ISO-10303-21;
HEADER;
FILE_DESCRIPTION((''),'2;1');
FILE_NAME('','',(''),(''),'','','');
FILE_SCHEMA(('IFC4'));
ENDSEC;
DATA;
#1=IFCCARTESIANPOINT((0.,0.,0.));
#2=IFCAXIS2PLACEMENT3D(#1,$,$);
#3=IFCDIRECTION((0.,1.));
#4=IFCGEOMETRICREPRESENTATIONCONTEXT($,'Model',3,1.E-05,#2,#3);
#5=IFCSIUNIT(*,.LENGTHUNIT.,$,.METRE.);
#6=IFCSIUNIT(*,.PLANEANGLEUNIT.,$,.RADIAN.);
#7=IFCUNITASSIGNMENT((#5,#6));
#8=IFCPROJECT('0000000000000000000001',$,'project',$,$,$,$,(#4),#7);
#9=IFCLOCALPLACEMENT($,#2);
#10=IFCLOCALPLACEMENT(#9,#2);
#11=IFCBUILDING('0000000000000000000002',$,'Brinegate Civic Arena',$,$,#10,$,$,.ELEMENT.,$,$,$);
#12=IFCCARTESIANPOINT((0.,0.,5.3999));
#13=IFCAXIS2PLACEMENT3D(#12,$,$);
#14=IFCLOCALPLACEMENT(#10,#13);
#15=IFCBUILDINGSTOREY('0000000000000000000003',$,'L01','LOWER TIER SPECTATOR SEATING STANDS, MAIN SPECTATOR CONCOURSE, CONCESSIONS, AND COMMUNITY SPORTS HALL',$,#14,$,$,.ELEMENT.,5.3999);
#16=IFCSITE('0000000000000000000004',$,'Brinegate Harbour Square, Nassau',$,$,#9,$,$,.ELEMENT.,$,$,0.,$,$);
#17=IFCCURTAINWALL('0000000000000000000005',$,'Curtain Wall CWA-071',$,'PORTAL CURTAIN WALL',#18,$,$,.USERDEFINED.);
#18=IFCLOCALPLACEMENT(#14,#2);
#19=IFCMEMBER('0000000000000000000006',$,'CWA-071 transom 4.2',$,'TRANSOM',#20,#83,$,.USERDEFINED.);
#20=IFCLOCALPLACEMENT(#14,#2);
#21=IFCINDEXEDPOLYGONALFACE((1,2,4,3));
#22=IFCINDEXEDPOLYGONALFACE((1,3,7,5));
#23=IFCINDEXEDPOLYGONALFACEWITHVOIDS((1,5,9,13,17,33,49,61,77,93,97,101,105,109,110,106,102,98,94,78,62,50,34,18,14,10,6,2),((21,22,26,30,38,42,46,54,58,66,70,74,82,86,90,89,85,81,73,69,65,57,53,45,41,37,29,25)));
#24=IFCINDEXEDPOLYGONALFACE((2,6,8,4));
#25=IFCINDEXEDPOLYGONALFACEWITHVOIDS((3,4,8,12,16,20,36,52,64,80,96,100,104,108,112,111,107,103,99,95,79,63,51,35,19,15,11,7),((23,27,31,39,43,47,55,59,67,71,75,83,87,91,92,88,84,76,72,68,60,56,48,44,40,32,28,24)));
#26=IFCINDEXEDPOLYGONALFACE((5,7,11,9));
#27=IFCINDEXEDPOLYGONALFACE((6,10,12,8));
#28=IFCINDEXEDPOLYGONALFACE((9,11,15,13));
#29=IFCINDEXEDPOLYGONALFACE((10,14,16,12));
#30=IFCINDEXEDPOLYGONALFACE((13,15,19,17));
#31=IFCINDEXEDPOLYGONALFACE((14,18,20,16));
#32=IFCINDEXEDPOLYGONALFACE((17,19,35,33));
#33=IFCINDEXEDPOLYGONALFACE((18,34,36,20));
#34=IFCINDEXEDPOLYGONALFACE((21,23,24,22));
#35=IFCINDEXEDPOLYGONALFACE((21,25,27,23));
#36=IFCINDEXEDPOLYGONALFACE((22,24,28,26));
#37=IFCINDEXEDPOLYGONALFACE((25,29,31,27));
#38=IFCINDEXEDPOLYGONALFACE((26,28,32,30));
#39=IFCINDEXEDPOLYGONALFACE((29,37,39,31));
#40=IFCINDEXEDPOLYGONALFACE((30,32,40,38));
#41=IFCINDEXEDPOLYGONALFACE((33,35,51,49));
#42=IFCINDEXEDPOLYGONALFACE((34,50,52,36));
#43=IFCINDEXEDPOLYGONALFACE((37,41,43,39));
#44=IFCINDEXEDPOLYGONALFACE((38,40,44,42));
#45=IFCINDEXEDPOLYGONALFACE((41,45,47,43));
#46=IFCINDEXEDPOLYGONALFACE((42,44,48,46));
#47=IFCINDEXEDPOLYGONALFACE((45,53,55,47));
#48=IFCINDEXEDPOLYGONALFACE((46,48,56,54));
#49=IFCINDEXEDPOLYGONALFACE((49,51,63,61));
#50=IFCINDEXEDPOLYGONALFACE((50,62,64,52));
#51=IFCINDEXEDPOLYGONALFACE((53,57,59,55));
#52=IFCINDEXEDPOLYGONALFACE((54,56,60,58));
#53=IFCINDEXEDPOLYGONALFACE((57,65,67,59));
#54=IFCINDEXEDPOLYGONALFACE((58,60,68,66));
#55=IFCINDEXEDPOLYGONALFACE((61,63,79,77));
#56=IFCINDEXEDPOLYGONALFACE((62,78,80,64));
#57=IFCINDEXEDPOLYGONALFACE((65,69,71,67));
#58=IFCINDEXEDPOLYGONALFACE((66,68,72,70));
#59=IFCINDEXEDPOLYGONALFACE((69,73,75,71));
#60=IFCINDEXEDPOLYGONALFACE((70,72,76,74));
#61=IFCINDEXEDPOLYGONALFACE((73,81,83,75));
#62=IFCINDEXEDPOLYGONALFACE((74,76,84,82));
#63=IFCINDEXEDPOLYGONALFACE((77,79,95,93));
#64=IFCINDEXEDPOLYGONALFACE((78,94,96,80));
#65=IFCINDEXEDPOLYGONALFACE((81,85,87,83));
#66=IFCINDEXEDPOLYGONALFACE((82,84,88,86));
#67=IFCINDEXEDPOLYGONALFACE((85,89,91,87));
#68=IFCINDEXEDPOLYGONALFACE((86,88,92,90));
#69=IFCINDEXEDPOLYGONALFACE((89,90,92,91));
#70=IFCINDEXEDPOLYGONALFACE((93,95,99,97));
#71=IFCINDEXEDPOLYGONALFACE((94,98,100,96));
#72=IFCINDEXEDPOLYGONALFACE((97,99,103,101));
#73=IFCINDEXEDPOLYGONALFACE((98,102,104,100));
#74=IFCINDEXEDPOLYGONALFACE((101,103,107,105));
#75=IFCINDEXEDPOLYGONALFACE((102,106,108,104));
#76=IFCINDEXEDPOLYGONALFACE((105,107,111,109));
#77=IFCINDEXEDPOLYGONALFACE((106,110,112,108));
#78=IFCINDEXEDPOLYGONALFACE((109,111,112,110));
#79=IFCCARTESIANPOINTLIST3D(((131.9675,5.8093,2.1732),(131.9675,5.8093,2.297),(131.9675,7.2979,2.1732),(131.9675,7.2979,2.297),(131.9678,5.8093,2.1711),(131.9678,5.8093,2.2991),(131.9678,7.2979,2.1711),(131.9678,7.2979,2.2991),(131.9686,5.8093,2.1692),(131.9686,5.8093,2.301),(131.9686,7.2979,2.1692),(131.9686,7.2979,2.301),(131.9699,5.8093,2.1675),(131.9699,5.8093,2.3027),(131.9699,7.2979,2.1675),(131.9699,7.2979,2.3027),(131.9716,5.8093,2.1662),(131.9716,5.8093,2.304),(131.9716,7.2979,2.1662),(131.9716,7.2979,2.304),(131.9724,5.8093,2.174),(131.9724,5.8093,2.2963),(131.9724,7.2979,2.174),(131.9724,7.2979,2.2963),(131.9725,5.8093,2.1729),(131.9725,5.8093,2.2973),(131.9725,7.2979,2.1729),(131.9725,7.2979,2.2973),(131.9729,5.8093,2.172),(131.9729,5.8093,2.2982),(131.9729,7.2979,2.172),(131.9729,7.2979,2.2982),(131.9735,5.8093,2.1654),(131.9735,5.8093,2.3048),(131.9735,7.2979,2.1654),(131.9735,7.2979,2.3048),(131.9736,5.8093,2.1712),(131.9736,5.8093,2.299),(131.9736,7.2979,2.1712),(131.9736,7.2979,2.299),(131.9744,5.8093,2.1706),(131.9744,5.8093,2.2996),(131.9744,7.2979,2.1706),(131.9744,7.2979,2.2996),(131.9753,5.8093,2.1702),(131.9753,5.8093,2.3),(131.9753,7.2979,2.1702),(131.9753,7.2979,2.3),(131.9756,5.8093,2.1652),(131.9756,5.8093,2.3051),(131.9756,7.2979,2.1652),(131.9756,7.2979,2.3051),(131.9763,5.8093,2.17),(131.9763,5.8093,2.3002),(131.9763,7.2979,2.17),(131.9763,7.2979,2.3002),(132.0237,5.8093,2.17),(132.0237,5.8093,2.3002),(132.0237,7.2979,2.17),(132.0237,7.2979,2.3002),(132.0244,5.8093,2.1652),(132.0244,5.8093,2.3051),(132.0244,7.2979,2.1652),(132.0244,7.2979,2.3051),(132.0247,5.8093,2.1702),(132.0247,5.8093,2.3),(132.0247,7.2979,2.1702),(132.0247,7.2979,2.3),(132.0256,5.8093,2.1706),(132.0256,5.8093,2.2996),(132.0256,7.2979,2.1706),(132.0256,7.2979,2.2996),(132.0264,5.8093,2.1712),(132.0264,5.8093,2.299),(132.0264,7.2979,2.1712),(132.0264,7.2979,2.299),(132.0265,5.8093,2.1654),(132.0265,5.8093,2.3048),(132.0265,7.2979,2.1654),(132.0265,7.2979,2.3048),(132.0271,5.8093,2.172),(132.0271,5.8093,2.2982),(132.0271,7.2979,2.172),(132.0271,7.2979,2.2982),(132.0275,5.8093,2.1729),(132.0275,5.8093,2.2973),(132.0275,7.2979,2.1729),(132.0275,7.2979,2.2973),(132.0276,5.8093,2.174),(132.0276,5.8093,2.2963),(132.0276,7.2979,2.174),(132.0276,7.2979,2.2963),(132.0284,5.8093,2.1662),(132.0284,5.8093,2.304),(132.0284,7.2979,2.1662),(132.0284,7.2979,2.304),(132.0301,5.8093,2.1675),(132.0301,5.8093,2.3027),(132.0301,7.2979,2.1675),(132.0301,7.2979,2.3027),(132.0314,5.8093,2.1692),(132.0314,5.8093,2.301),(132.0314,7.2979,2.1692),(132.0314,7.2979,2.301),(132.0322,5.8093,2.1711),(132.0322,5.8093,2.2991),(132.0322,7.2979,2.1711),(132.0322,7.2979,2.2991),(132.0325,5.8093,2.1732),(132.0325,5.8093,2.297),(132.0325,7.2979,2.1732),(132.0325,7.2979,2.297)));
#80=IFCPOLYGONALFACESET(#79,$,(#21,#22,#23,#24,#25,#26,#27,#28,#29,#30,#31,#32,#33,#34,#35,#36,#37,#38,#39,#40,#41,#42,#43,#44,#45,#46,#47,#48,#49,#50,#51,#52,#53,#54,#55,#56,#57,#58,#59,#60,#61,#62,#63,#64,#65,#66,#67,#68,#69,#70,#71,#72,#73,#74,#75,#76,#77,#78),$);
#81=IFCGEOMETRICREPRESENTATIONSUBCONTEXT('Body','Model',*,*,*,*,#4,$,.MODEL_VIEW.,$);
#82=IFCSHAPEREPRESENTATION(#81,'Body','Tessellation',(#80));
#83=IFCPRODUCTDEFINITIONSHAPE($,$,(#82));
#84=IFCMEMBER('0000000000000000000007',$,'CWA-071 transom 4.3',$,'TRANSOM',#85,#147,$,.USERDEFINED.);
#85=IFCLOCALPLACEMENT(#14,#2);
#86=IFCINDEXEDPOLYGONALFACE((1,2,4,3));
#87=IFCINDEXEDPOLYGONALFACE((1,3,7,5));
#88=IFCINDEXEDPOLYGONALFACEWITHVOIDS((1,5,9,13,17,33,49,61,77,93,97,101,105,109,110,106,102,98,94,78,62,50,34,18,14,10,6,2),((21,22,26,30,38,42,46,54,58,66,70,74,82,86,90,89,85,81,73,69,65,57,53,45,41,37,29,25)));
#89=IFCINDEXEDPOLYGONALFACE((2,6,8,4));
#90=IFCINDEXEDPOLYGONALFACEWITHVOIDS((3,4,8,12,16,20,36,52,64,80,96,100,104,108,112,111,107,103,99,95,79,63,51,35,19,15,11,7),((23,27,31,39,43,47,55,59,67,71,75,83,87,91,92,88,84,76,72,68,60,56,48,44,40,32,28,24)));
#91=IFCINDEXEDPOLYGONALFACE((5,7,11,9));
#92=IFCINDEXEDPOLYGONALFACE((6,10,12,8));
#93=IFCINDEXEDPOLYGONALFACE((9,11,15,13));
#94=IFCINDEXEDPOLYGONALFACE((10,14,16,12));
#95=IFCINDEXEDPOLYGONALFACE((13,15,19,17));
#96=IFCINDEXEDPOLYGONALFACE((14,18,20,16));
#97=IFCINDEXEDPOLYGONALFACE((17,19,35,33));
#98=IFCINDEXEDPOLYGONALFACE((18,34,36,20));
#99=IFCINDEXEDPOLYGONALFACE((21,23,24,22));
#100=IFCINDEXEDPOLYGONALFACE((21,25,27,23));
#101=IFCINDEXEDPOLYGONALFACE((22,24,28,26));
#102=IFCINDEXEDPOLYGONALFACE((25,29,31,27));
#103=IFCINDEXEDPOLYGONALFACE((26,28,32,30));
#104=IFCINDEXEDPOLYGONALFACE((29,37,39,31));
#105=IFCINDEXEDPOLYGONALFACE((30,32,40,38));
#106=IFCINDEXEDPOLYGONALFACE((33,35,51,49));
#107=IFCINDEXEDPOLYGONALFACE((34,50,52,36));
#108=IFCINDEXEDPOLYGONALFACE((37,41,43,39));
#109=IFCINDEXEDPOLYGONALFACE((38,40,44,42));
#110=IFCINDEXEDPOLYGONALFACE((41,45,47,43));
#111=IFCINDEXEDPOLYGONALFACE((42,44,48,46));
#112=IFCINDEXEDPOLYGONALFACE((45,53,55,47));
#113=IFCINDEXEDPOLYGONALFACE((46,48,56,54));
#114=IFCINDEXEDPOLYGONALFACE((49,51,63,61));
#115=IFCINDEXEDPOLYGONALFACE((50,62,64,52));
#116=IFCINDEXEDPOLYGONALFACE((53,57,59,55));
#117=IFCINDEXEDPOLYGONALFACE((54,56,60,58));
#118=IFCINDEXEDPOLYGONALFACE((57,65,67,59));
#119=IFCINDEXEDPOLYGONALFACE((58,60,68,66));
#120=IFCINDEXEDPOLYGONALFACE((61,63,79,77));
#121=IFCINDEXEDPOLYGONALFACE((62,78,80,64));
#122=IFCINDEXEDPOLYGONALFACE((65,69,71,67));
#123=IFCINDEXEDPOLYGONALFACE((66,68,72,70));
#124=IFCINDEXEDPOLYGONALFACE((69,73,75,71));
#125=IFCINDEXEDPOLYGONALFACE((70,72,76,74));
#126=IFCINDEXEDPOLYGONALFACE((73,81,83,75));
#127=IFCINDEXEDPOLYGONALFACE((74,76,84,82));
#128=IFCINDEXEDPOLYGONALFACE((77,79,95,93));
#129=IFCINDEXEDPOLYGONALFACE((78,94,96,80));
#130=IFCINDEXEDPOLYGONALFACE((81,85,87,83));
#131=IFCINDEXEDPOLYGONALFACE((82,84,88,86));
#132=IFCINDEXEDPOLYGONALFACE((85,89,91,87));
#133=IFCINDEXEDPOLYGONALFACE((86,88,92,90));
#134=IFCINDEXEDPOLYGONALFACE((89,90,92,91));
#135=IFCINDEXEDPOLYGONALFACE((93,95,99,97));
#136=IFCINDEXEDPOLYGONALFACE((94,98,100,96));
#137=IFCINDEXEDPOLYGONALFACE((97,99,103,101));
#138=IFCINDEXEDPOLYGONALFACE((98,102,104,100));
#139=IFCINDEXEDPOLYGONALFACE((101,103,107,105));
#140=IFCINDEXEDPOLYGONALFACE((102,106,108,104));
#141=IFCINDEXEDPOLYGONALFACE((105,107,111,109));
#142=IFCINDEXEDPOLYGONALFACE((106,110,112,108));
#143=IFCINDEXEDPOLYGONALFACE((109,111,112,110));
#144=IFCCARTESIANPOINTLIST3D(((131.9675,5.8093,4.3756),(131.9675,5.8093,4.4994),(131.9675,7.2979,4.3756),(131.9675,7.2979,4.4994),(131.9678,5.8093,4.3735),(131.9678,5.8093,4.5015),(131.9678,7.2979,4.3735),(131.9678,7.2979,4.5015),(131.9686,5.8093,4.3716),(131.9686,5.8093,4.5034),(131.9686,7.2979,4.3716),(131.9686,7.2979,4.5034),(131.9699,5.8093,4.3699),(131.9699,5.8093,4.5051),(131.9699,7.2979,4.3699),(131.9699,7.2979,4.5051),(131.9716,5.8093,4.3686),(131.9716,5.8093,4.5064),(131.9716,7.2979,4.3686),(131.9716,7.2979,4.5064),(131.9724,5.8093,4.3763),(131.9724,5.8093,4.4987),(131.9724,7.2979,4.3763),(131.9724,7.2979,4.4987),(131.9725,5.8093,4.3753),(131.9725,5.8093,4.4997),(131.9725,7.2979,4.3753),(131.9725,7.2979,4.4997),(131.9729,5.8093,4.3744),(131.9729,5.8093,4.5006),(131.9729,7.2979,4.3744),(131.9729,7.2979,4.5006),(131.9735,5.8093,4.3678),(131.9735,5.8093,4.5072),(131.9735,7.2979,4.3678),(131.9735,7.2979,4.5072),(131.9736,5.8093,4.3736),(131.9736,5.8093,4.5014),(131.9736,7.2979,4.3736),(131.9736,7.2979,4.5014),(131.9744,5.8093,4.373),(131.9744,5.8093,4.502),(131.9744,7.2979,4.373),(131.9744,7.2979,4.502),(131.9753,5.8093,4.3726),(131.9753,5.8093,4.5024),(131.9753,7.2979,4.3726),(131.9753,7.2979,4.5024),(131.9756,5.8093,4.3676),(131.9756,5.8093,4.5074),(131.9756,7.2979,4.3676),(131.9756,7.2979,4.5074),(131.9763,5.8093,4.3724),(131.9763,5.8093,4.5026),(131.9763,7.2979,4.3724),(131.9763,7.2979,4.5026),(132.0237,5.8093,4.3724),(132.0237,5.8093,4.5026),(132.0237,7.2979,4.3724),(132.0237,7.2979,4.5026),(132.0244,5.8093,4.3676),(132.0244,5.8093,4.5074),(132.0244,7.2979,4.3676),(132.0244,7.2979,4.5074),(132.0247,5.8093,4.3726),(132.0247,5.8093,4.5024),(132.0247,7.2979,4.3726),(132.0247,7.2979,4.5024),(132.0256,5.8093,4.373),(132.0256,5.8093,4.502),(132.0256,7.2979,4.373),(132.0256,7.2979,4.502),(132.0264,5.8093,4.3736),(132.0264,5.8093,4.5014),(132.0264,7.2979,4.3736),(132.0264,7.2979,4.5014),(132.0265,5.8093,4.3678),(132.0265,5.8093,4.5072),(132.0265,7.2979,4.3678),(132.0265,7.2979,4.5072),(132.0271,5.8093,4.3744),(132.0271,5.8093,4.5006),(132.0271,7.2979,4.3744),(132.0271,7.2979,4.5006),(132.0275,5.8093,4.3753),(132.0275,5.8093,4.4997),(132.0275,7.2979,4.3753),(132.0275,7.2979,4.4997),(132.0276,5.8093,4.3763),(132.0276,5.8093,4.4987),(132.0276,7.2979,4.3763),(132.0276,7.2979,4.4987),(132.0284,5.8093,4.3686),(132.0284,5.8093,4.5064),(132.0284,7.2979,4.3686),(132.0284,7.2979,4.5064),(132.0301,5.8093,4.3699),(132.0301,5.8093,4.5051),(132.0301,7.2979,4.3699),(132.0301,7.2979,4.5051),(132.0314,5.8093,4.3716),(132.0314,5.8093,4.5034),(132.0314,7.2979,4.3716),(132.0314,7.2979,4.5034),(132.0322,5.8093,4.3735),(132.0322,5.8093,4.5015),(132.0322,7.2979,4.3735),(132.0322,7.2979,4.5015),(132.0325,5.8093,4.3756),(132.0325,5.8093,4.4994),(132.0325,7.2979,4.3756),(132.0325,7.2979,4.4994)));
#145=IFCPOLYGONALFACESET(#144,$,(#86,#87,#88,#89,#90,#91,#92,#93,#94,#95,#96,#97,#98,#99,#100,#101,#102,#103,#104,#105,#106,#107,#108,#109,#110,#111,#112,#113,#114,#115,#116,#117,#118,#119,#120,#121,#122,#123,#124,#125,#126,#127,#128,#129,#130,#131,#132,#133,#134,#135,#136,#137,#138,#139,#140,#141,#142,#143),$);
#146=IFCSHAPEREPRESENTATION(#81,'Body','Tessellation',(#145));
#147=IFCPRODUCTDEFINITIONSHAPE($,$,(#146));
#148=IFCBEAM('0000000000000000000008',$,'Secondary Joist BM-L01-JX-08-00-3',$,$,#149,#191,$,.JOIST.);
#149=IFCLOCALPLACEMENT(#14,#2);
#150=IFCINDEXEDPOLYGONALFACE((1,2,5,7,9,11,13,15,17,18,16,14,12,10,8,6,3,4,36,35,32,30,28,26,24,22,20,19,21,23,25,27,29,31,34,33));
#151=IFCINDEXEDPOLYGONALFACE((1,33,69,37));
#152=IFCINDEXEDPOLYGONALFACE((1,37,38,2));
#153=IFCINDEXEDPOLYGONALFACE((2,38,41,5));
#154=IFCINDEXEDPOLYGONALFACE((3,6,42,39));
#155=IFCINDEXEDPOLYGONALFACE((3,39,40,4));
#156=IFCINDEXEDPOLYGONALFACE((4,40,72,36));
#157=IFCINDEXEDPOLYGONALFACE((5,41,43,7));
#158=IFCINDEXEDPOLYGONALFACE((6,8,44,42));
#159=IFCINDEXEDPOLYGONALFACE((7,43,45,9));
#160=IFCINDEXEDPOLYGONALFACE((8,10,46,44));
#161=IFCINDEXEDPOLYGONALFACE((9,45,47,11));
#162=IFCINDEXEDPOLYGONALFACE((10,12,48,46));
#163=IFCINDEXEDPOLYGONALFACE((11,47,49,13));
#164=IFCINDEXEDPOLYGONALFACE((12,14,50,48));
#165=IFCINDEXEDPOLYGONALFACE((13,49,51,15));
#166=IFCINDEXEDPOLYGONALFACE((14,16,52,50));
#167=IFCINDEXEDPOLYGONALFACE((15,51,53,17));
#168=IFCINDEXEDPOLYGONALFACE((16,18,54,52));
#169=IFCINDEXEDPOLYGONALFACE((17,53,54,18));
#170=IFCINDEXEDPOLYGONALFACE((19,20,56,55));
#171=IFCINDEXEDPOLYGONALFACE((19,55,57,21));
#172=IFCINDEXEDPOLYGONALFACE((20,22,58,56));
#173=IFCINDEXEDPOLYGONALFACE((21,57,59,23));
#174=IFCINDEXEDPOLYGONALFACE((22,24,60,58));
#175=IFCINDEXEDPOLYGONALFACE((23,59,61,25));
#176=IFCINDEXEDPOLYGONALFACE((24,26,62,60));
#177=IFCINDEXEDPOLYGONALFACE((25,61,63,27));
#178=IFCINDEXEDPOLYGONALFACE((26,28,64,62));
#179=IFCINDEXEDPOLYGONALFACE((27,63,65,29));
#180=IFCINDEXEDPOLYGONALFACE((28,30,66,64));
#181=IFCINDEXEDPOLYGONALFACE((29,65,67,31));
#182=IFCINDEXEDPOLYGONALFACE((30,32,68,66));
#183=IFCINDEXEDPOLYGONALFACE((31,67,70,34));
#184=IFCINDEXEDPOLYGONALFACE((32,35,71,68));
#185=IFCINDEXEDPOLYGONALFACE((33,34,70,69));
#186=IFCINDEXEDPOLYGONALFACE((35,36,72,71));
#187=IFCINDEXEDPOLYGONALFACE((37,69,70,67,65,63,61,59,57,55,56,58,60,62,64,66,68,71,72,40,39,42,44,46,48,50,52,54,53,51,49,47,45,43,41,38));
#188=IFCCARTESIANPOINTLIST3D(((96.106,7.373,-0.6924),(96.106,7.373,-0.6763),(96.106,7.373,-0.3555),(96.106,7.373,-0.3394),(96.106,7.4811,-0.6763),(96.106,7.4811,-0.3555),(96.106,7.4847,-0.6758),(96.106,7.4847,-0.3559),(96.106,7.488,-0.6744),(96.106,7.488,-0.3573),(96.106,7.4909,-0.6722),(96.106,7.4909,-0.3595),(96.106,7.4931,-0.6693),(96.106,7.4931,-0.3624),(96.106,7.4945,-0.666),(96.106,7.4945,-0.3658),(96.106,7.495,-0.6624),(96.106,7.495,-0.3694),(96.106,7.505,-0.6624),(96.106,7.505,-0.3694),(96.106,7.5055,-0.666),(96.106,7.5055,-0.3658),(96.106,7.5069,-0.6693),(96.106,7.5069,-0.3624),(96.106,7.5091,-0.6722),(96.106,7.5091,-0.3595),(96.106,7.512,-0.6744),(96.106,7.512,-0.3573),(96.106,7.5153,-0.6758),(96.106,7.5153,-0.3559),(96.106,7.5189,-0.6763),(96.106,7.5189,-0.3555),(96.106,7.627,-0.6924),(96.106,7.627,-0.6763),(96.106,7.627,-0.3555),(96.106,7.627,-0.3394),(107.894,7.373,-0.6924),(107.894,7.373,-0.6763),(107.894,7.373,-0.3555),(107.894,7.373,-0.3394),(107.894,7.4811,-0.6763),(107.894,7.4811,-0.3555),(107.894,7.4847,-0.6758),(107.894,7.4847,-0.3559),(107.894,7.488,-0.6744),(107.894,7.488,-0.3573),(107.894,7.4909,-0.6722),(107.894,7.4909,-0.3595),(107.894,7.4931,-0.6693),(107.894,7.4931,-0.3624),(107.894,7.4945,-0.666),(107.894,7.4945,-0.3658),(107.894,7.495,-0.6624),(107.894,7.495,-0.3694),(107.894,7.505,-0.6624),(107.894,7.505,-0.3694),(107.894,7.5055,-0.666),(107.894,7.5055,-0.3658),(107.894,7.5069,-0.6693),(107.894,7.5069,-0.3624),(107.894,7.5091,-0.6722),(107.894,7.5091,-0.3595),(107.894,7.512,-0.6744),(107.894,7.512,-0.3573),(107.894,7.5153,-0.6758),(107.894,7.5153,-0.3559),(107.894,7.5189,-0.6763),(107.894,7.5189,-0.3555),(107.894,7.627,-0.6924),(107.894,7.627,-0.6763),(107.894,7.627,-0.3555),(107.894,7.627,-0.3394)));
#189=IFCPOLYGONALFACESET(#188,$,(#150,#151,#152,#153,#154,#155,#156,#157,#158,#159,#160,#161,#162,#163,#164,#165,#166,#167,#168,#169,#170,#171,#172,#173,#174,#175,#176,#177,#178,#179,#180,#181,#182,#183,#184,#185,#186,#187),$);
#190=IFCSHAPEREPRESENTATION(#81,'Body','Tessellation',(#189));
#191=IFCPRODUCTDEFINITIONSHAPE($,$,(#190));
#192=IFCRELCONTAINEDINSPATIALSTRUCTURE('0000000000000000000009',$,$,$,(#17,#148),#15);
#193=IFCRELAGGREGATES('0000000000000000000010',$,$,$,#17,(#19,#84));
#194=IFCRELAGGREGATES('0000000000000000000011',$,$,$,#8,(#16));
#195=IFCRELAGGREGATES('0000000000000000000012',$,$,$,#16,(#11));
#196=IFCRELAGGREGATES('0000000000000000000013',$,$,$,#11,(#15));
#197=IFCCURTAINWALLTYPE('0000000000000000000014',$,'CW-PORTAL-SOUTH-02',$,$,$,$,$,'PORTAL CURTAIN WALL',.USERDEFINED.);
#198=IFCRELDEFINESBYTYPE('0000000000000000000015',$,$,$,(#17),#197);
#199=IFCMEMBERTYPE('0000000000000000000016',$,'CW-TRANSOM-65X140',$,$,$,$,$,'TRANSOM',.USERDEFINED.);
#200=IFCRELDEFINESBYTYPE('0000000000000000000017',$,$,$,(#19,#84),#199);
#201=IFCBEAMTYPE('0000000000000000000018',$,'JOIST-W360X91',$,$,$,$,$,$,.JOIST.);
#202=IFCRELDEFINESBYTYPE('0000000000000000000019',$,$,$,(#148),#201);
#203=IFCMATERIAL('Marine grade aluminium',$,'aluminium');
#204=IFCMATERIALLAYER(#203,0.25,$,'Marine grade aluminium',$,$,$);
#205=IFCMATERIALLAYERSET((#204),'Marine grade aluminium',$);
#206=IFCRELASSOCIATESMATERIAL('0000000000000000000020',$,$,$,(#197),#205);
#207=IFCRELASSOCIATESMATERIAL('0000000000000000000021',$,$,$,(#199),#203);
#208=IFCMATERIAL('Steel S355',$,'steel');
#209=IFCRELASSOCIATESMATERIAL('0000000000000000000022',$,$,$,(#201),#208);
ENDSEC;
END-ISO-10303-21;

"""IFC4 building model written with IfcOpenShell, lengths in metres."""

from ifc_helpers import new_model, si_unit, direction, frame, origin, origin_2d, place, context, subcontext, project, spatial, hollow_rectangle, i_section, extrude, material, layer, layer_set, material_profile, profile_set, type_object, element, aggregate, save


model = new_model("IFC4")

# Units and contexts
model_context = context("Model", 3, precision=1e-05, world=origin(), true_north=direction((0.0, 1.0)))
body_context = subcontext(model_context, "Body", "Model", "MODEL_VIEW")
ifc_project = project(units=[si_unit("LENGTHUNIT", "METRE"), si_unit("PLANEANGLEUNIT", "RADIAN")], contexts=[model_context])

# Site, building, storey
site_placement = place(None, origin())
site = spatial("IfcSite", under=ifc_project, at=site_placement, Name="Brinegate Harbour Square, Nassau", CompositionType="ELEMENT", RefElevation=0.0)
building_placement = place(site_placement, origin())
building = spatial("IfcBuilding", under=site, at=building_placement, Name="Brinegate Civic Arena", CompositionType="ELEMENT")
storey_placement = place(building_placement, frame((0.0, 0.0, 5.3999)))
storey = spatial("IfcBuildingStorey", under=building, at=storey_placement, Name="L01", Description="LOWER TIER SPECTATOR SEATING STANDS, MAIN SPECTATOR CONCOURSE, CONCESSIONS, AND COMMUNITY SPORTS HALL", CompositionType="ELEMENT", Elevation=5.3999)

# Curtain wall, members
ifc_material_1 = material(Name="Marine grade aluminium", Category="aluminium")
ifc_layer_1 = layer(ifc_material_1, 0.25, Name="Marine grade aluminium")
ifc_layer_set_1 = layer_set([ifc_layer_1], Name="Marine grade aluminium")
curtain_wall_type = type_object("IfcCurtainWallType", Name="CW-PORTAL-SOUTH-02", ElementType="PORTAL CURTAIN WALL", PredefinedType="USERDEFINED", material=ifc_layer_set_1)
curtain_wall_placement = place(storey_placement, origin())
curtain_wall = element("IfcCurtainWall", 1, at=curtain_wall_placement, inside=storey, type_object=curtain_wall_type, Name="Curtain Wall CWA-071", ObjectType="PORTAL CURTAIN WALL", PredefinedType="USERDEFINED")
ifc_material_profile_1 = material_profile(ifc_material_1, hollow_rectangle(XDim=0.0649, YDim=0.1399, WallThickness=0.0049, InnerFilletRadius=0.0039, OuterFilletRadius=0.0081, at=origin_2d()), Name="TRN65X140")
ifc_profile_set_1 = profile_set([ifc_material_profile_1], Name="Marine grade aluminium")
member_type_1 = type_object("IfcMemberType", Name="CW-TRANSOM-65X140", ElementType="TRANSOM", PredefinedType="USERDEFINED", material=ifc_profile_set_1)
member_1_placement = place(storey_placement, frame((132.0, 5.8093, 2.2351), z_axis=(0.0, 1.0, 0.0), x_axis=(-1.0, 0.0, 0.0)))
member_1 = element("IfcMember", 2, at=member_1_placement, type_object=member_type_1, Name="CWA-071 transom 4.2", ObjectType="TRANSOM", PredefinedType="USERDEFINED", context=body_context, shape_type="SweptSolid", body=[
    extrude(hollow_rectangle(XDim=0.0649, YDim=0.1399, WallThickness=0.0049, InnerFilletRadius=0.0039, OuterFilletRadius=0.0081, at=origin_2d()), origin(), (0.0, 0.0, 1.0), 1.4885),
])
member_2_placement = place(storey_placement, frame((132.0, 5.8093, 4.4375), z_axis=(0.0, 1.0, 0.0), x_axis=(-1.0, 0.0, 0.0)))
member_2 = element("IfcMember", 3, at=member_2_placement, type_object=member_type_1, Name="CWA-071 transom 4.3", ObjectType="TRANSOM", PredefinedType="USERDEFINED", context=body_context, shape_type="SweptSolid", body=[
    extrude(hollow_rectangle(XDim=0.0649, YDim=0.1399, WallThickness=0.0049, InnerFilletRadius=0.0039, OuterFilletRadius=0.0081, at=origin_2d()), origin(), (0.0, 0.0, 1.0), 1.4885),
])

# Beam
ifc_material_2 = material(Name="Steel S355", Category="steel")
ifc_material_profile_2 = material_profile(ifc_material_2, i_section(OverallWidth=0.2539, OverallDepth=0.353, WebThickness=0.01, FlangeThickness=0.0161, FilletRadius=0.0139, at=origin_2d()), Name="W360X91")
ifc_profile_set_2 = profile_set([ifc_material_profile_2], Name="Steel S355")
beam_type_1 = type_object("IfcBeamType", Name="JOIST-W360X91", PredefinedType="JOIST", material=ifc_profile_set_2)
beam_1_placement = place(storey_placement, frame((96.106, 7.5, -0.5159), z_axis=(1.0, 0.0, 0.0), x_axis=(0.0, 1.0, 0.0)))
element("IfcBeam", 4, at=beam_1_placement, inside=storey, type_object=beam_type_1, Name="Secondary Joist BM-L01-JX-08-00-3", PredefinedType="JOIST", context=body_context, shape_type="SweptSolid", body=[
    extrude(i_section(OverallWidth=0.2539, OverallDepth=0.353, WebThickness=0.01, FlangeThickness=0.0161, FilletRadius=0.0139, at=origin_2d()), origin(), (0.0, 0.0, 1.0), 11.7881),
])

aggregate(curtain_wall, [member_1, member_2])

save(model, "model.ifc")
